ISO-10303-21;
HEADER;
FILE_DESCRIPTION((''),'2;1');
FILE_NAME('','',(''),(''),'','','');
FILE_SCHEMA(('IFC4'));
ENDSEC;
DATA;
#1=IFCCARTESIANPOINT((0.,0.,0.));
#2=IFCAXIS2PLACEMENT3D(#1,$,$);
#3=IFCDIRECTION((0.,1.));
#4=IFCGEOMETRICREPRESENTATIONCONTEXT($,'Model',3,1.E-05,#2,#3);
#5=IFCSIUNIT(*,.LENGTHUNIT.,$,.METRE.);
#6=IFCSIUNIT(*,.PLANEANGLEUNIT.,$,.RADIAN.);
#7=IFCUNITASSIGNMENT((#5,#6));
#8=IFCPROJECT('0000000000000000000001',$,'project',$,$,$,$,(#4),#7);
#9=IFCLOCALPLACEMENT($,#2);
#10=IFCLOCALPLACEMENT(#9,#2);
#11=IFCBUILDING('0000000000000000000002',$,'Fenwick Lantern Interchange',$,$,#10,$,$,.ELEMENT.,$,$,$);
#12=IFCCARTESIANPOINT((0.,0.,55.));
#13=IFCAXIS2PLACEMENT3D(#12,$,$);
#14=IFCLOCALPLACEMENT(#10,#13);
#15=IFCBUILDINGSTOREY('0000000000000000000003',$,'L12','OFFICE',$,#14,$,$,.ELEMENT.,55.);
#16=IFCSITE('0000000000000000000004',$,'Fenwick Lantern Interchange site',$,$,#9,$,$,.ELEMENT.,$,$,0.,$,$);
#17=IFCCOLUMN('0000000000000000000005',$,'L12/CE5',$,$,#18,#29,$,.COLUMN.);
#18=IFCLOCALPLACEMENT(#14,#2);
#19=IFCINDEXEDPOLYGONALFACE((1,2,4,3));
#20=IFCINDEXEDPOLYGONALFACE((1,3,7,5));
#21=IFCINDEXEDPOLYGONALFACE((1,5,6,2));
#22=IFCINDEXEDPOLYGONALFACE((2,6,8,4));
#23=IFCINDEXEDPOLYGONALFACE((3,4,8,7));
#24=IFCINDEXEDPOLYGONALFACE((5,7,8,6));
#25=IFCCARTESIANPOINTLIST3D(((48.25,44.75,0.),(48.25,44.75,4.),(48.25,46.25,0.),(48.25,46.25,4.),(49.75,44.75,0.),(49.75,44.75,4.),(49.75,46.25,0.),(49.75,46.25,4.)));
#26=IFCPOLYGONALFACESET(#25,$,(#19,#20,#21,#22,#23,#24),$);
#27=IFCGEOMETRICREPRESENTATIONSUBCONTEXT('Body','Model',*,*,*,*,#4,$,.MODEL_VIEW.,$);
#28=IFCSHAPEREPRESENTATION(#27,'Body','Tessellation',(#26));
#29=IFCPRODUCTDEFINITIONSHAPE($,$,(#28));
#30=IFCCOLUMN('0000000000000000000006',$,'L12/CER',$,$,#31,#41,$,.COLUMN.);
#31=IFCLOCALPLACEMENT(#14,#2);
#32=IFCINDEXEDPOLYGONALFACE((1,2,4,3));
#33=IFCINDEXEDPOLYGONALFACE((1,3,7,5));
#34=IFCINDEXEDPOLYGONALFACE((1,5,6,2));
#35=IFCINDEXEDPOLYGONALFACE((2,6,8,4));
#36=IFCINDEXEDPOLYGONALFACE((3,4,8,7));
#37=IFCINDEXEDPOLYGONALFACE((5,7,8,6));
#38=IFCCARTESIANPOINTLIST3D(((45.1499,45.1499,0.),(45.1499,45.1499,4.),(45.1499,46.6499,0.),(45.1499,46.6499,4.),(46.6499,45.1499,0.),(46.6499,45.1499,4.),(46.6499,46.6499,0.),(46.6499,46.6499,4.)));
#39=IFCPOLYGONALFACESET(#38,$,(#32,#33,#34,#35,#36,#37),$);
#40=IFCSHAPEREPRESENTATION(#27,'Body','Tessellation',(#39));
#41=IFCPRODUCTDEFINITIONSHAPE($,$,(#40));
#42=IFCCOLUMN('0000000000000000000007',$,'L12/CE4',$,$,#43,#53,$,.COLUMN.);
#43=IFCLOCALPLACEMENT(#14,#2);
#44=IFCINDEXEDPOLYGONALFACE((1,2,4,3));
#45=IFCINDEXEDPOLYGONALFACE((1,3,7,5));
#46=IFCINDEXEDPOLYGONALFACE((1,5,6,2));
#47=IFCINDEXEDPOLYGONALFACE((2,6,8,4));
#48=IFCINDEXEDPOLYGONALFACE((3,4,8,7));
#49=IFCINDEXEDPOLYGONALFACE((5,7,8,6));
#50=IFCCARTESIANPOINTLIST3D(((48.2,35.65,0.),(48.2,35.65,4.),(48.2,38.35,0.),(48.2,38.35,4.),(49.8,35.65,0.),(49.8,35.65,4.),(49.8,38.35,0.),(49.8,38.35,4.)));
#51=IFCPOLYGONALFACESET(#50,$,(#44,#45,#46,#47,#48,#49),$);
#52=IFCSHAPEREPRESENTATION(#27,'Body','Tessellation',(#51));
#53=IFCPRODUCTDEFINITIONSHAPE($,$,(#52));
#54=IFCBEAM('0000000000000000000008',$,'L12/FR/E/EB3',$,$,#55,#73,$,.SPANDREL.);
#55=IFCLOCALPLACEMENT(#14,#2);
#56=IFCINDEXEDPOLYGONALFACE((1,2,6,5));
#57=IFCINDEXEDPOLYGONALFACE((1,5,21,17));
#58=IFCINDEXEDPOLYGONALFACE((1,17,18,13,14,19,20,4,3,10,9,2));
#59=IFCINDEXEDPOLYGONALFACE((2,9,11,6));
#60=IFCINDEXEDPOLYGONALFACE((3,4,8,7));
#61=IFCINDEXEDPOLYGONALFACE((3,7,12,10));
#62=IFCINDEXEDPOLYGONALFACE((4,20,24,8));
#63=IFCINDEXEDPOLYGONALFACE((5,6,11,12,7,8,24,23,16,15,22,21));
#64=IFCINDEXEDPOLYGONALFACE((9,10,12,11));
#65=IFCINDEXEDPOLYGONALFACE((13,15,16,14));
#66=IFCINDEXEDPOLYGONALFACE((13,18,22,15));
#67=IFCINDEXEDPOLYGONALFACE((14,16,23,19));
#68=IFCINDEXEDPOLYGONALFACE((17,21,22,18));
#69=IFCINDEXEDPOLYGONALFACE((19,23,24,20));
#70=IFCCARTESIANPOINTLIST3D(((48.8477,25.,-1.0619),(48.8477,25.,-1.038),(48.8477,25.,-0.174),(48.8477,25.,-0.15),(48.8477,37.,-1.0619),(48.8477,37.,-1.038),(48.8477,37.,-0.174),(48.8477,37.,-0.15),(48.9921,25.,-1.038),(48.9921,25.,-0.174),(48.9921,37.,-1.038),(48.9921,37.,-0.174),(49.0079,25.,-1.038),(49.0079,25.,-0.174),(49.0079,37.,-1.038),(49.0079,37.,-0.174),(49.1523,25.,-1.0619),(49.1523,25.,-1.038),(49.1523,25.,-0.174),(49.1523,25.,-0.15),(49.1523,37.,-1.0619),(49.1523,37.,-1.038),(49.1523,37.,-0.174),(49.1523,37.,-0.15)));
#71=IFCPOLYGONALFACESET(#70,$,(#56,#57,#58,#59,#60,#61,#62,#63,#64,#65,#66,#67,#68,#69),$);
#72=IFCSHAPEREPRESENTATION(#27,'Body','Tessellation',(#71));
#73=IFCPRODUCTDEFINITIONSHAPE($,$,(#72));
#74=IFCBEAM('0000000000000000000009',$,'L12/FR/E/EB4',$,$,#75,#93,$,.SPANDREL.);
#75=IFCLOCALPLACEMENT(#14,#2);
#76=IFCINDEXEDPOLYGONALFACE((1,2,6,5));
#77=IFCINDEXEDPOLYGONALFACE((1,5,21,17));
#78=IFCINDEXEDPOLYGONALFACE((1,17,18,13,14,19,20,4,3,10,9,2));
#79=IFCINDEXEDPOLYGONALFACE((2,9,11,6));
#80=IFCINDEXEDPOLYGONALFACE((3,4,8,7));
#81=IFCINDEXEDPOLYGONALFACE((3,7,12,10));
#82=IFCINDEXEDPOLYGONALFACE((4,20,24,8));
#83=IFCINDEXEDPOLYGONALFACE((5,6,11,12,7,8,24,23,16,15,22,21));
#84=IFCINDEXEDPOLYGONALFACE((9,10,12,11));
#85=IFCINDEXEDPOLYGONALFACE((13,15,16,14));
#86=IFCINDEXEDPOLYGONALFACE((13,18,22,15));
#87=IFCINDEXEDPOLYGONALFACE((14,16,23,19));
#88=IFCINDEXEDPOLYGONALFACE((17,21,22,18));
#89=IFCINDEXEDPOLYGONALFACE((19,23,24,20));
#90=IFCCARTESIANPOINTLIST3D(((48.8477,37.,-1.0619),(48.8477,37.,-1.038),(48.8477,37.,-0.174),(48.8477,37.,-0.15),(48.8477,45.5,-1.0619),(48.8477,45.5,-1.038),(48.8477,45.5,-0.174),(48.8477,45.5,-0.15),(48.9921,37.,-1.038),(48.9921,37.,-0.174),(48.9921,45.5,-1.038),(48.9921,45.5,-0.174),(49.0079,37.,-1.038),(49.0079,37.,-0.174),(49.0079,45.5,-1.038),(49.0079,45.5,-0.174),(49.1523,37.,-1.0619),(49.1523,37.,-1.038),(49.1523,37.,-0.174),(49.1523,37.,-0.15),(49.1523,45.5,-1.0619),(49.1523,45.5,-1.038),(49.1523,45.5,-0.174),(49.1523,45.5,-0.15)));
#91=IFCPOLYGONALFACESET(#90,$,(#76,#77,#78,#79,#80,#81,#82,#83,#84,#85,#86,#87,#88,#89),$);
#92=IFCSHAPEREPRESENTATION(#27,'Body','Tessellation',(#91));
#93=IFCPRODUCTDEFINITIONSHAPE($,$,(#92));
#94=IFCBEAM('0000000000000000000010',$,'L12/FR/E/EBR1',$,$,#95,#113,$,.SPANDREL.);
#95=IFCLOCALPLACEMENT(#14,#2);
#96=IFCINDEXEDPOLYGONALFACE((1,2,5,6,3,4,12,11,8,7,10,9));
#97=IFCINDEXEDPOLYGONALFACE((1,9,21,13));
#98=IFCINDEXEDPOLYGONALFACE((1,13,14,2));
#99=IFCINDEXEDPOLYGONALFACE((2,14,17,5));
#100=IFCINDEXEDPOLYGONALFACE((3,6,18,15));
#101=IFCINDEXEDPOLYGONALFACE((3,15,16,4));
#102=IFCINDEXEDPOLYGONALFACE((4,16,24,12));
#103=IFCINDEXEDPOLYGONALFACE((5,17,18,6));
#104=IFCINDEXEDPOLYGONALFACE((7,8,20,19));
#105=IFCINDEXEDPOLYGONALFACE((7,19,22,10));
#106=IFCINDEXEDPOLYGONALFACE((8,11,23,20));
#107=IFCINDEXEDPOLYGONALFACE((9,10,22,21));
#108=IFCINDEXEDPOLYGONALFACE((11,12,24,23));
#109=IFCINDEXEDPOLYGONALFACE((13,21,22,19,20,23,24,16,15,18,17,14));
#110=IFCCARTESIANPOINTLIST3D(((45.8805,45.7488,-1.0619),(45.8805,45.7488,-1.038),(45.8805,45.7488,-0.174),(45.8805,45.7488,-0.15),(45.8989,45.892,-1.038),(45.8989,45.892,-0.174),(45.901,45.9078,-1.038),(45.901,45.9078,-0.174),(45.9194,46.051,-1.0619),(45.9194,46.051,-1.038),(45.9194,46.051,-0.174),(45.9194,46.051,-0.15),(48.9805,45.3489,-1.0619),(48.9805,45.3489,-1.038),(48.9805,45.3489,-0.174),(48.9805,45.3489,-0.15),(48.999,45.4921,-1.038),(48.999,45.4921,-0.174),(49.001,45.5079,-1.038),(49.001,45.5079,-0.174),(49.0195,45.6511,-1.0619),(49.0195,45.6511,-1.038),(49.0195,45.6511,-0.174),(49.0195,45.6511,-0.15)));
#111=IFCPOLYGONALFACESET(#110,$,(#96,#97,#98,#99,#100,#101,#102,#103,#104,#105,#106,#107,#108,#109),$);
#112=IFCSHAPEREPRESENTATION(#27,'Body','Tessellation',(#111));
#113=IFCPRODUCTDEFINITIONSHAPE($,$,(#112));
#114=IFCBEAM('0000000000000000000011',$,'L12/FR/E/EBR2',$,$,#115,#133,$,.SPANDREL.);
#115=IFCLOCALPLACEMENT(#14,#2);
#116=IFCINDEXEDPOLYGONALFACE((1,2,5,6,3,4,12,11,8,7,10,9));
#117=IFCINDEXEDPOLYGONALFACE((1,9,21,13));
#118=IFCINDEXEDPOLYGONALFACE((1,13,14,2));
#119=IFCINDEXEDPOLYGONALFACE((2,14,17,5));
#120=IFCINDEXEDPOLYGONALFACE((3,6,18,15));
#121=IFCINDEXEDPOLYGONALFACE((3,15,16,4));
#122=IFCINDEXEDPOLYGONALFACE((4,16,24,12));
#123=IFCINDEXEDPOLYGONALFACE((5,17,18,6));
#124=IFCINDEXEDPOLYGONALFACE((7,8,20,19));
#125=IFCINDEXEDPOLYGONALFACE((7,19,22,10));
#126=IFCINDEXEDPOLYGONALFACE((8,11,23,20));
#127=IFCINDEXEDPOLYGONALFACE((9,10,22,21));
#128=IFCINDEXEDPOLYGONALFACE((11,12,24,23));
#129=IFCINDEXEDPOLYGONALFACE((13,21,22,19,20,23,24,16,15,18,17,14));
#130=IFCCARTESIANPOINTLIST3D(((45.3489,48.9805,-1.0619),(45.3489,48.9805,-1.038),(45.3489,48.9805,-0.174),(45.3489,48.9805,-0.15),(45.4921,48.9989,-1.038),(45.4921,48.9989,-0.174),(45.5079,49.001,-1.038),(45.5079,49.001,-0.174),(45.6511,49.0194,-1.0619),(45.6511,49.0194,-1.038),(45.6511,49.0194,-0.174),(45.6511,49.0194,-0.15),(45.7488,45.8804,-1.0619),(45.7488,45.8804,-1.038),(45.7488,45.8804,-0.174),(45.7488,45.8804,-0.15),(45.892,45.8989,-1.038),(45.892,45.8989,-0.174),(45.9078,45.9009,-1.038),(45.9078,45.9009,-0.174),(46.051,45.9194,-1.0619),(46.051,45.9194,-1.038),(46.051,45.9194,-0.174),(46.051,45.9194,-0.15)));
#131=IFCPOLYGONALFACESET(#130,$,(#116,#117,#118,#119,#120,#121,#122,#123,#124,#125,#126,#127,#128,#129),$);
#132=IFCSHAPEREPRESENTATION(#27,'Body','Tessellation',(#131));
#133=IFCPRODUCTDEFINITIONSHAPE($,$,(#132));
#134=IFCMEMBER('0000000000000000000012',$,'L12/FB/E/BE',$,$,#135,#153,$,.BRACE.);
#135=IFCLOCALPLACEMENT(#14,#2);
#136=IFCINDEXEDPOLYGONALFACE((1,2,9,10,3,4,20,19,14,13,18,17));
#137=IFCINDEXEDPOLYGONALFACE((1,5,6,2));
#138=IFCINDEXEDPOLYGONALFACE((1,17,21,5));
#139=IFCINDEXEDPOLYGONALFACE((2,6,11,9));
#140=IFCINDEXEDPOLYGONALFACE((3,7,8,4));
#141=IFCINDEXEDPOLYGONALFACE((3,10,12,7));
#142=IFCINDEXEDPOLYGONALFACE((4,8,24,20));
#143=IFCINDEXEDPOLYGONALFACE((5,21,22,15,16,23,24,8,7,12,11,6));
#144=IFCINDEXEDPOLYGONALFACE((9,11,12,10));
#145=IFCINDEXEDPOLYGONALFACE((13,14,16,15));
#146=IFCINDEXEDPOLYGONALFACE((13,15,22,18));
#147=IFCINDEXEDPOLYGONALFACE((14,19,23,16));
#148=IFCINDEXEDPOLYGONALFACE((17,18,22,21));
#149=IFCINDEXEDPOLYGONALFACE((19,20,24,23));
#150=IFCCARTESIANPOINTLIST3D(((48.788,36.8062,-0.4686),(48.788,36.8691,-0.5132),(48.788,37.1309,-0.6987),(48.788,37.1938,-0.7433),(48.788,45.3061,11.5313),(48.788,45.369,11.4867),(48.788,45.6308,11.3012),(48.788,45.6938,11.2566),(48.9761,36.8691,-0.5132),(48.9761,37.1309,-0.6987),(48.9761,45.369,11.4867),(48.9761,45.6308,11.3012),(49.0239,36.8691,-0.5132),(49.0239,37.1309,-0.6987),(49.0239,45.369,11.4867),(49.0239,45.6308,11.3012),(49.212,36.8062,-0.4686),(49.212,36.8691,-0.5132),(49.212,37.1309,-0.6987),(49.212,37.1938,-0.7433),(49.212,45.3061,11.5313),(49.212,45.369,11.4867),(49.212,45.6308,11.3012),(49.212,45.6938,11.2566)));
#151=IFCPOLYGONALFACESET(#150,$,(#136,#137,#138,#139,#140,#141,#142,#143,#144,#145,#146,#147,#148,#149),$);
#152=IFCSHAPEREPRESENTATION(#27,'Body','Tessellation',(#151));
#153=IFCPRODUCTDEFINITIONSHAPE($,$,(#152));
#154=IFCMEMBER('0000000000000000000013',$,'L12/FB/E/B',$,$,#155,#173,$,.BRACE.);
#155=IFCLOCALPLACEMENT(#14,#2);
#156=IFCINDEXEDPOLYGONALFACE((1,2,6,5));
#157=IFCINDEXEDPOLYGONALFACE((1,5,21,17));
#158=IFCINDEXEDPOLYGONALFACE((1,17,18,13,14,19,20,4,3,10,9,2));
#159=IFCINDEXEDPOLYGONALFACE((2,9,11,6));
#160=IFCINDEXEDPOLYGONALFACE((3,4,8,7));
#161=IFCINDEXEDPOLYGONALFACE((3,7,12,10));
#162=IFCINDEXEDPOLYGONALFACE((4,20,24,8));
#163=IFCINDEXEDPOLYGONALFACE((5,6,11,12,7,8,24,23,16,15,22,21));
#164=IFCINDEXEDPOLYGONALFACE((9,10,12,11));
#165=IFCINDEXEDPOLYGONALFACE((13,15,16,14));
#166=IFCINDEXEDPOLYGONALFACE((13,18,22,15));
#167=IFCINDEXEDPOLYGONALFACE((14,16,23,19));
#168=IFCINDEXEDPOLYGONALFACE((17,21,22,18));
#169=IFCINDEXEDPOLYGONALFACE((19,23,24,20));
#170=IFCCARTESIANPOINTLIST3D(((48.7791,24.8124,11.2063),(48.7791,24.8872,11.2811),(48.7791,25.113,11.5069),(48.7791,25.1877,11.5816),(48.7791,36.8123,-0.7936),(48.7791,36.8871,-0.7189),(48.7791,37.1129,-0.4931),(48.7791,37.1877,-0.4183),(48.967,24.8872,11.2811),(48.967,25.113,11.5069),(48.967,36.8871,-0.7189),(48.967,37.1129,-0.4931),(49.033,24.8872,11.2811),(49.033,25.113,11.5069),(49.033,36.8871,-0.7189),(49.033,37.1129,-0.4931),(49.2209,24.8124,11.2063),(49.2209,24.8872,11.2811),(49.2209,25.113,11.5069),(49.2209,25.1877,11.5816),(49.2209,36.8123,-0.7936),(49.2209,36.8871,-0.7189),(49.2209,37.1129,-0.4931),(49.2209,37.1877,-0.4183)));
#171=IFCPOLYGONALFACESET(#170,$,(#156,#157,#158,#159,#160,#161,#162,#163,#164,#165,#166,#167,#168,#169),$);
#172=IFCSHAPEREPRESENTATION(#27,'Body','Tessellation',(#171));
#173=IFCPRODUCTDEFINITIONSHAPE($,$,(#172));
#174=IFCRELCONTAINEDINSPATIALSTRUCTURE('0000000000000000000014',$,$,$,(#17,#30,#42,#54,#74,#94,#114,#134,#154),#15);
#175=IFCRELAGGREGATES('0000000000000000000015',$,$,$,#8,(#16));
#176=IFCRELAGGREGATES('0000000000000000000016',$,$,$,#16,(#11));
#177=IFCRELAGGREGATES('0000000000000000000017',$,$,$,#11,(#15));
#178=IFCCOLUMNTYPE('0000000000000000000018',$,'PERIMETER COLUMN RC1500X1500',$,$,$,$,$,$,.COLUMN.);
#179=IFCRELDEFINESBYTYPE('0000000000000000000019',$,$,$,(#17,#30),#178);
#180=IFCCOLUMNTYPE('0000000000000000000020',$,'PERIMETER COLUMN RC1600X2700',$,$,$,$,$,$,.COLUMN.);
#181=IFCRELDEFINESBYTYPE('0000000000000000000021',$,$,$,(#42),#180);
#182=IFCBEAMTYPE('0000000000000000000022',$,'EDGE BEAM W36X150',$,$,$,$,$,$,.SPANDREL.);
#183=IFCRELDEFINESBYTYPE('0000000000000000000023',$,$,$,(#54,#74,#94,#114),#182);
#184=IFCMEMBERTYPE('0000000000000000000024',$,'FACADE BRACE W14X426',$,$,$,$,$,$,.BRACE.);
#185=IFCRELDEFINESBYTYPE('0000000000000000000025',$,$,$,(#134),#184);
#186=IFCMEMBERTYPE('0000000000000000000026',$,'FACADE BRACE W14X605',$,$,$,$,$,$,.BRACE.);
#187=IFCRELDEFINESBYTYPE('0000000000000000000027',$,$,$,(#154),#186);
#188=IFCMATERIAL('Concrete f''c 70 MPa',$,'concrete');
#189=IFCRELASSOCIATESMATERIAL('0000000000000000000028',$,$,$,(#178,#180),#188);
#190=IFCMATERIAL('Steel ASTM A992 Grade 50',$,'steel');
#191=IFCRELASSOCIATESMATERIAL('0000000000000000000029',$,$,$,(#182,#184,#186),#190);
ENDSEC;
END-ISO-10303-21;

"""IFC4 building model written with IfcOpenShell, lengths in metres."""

from ifc_helpers import new_model, si_unit, direction, frame, origin, origin_2d, place, context, subcontext, project, spatial, rectangle, i_section, extrude, material, material_profile, profile_set, type_object, element, save


model = new_model("IFC4")

# Units and contexts
model_context = context("Model", 3, precision=1e-05, world=origin(), true_north=direction((0.0, 1.0)))
body_context = subcontext(model_context, "Body", "Model", "MODEL_VIEW")
ifc_project = project(units=[si_unit("LENGTHUNIT", "METRE"), si_unit("PLANEANGLEUNIT", "RADIAN")], contexts=[model_context])

# Site, building, storey
site_placement = place(None, origin())
site = spatial("IfcSite", under=ifc_project, at=site_placement, Name="Fenwick Lantern Interchange site", CompositionType="ELEMENT", RefElevation=0.0)
building_placement = place(site_placement, origin())
building = spatial("IfcBuilding", under=site, at=building_placement, Name="Fenwick Lantern Interchange", CompositionType="ELEMENT")
storey_placement = place(building_placement, frame((0.0, 0.0, 55.0)))
storey = spatial("IfcBuildingStorey", under=building, at=storey_placement, Name="L12", Description="OFFICE", CompositionType="ELEMENT", Elevation=55.0)

# Columns
ifc_material_1 = material(Name="Concrete f'c 70 MPa", Category="concrete")
ifc_material_profile_1 = material_profile(ifc_material_1, rectangle(XDim=1.5, YDim=1.5, at=origin_2d()), Name="RC1500X1500")
ifc_profile_set_1 = profile_set([ifc_material_profile_1], Name="Concrete f'c 70 MPa")
column_type_1 = type_object("IfcColumnType", Name="PERIMETER COLUMN RC1500X1500", PredefinedType="COLUMN", material=ifc_profile_set_1)
for number, where, z_axis, x_axis, name in (
    (1, (49.0, 45.5, 0.0), (0.0, 0.0, 1.0), (1.0, 0.0, 0.0), "L12/CE5"),
    (2, (45.8999, 45.8999, 0.0), (0.0, 0.0, 1.0), (1.0, 0.0, 0.0), "L12/CER"),
):
    element("IfcColumn", number, at=place(storey_placement, frame(where, z_axis=z_axis, x_axis=x_axis)), inside=storey, type_object=column_type_1, Name=name, PredefinedType="COLUMN", context=body_context, shape_type="SweptSolid", body=[
        extrude(rectangle(XDim=1.5, YDim=1.5, at=origin_2d()), origin(), (0.0, 0.0, 1.0), 4.0),
    ])
ifc_material_profile_2 = material_profile(ifc_material_1, rectangle(XDim=1.6001, YDim=2.7, at=origin_2d()), Name="RC1600X2700")
ifc_profile_set_2 = profile_set([ifc_material_profile_2], Name="Concrete f'c 70 MPa")
column_type_2 = type_object("IfcColumnType", Name="PERIMETER COLUMN RC1600X2700", PredefinedType="COLUMN", material=ifc_profile_set_2)
column_placement = place(storey_placement, frame((49.0, 37.0, 0.0), z_axis=(0.0, 0.0, 1.0), x_axis=(1.0, 0.0, 0.0)))
element("IfcColumn", 3, at=column_placement, inside=storey, type_object=column_type_2, Name="L12/CE4", PredefinedType="COLUMN", context=body_context, shape_type="SweptSolid", body=[
    extrude(rectangle(XDim=1.6001, YDim=2.7, at=origin_2d()), origin(), (0.0, 0.0, 1.0), 4.0),
])

# Beams
ifc_material_2 = material(Name="Steel ASTM A992 Grade 50", Category="steel")
ifc_material_profile_3 = material_profile(ifc_material_2, i_section(OverallWidth=0.3047, OverallDepth=0.9119, WebThickness=0.0159, FlangeThickness=0.0239, at=origin_2d()), Name="W36X150")
ifc_profile_set_3 = profile_set([ifc_material_profile_3], Name="Steel ASTM A992 Grade 50")
beam_type_1 = type_object("IfcBeamType", Name="EDGE BEAM W36X150", PredefinedType="SPANDREL", material=ifc_profile_set_3)
beam_1_placement = place(storey_placement, frame((49.0, 25.0, -0.606), z_axis=(0.0, 1.0, 0.0), x_axis=(-1.0, 0.0, 0.0)))
element("IfcBeam", 4, at=beam_1_placement, inside=storey, type_object=beam_type_1, Name="L12/FR/E/EB3", PredefinedType="SPANDREL", context=body_context, shape_type="SweptSolid", body=[
    extrude(i_section(OverallWidth=0.3047, OverallDepth=0.9119, WebThickness=0.0159, FlangeThickness=0.0239, at=origin_2d()), origin(), (0.0, 0.0, 1.0), 12.0),
])
beam_2_placement = place(storey_placement, frame((49.0, 37.0, -0.606), z_axis=(0.0, 1.0, 0.0), x_axis=(-1.0, 0.0, 0.0)))
element("IfcBeam", 5, at=beam_2_placement, inside=storey, type_object=beam_type_1, Name="L12/FR/E/EB4", PredefinedType="SPANDREL", context=body_context, shape_type="SweptSolid", body=[
    extrude(i_section(OverallWidth=0.3047, OverallDepth=0.9119, WebThickness=0.0159, FlangeThickness=0.0239, at=origin_2d()), origin(), (0.0, 0.0, 1.0), 8.5),
])
for number, where, z_axis, x_axis, name in (
    (6, (49.0, 45.5, -0.606), (-0.991782, 0.127937, 0.0), (-0.127937, -0.991782, 0.0), "L12/FR/E/EBR1"),
    (7, (45.8999, 45.8999, -0.606), (-0.127937, 0.991782, 0.0), (-0.991782, -0.127937, 0.0), "L12/FR/E/EBR2"),
):
    element("IfcBeam", number, at=place(storey_placement, frame(where, z_axis=z_axis, x_axis=x_axis)), inside=storey, type_object=beam_type_1, Name=name, PredefinedType="SPANDREL", context=body_context, shape_type="SweptSolid", body=[
        extrude(i_section(OverallWidth=0.3047, OverallDepth=0.9119, WebThickness=0.0159, FlangeThickness=0.0239, at=origin_2d()), origin(), (0.0, 0.0, 1.0), 3.1257),
    ])

# Members
ifc_material_profile_4 = material_profile(ifc_material_2, i_section(OverallWidth=0.4241, OverallDepth=0.4751, WebThickness=0.0479, FlangeThickness=0.0771, at=origin_2d()), Name="W14X426")
ifc_profile_set_4 = profile_set([ifc_material_profile_4], Name="Steel ASTM A992 Grade 50")
member_type_1 = type_object("IfcMemberType", Name="FACADE BRACE W14X426", PredefinedType="BRACE", material=ifc_profile_set_4)
member_1_placement = place(storey_placement, frame((49.0, 37.0, -0.606), z_axis=(0.0, 0.578017, 0.816024), x_axis=(-1.0, 0.0, 0.0)))
element("IfcMember", 8, at=member_1_placement, inside=storey, type_object=member_type_1, Name="L12/FB/E/BE", PredefinedType="BRACE", context=body_context, shape_type="SweptSolid", body=[
    extrude(i_section(OverallWidth=0.4241, OverallDepth=0.4751, WebThickness=0.0479, FlangeThickness=0.0771, at=origin_2d()), origin(), (0.0, 0.0, 1.0), 14.7053),
])
ifc_material_profile_5 = material_profile(ifc_material_2, i_section(OverallWidth=0.4419, OverallDepth=0.5308, WebThickness=0.0659, FlangeThickness=0.1057, at=origin_2d()), Name="W14X605")
ifc_profile_set_5 = profile_set([ifc_material_profile_5], Name="Steel ASTM A992 Grade 50")
member_type_2 = type_object("IfcMemberType", Name="FACADE BRACE W14X605", PredefinedType="BRACE", material=ifc_profile_set_5)
member_2_placement = place(storey_placement, frame((49.0, 37.0, -0.606), z_axis=(0.0, -0.707107, 0.707107), x_axis=(1.0, 0.0, 0.0)))
element("IfcMember", 9, at=member_2_placement, inside=storey, type_object=member_type_2, Name="L12/FB/E/B", PredefinedType="BRACE", context=body_context, shape_type="SweptSolid", body=[
    extrude(i_section(OverallWidth=0.4419, OverallDepth=0.5308, WebThickness=0.0659, FlangeThickness=0.1057, at=origin_2d()), origin(), (0.0, 0.0, 1.0), 16.9705),
])

save(model, "model.ifc")
